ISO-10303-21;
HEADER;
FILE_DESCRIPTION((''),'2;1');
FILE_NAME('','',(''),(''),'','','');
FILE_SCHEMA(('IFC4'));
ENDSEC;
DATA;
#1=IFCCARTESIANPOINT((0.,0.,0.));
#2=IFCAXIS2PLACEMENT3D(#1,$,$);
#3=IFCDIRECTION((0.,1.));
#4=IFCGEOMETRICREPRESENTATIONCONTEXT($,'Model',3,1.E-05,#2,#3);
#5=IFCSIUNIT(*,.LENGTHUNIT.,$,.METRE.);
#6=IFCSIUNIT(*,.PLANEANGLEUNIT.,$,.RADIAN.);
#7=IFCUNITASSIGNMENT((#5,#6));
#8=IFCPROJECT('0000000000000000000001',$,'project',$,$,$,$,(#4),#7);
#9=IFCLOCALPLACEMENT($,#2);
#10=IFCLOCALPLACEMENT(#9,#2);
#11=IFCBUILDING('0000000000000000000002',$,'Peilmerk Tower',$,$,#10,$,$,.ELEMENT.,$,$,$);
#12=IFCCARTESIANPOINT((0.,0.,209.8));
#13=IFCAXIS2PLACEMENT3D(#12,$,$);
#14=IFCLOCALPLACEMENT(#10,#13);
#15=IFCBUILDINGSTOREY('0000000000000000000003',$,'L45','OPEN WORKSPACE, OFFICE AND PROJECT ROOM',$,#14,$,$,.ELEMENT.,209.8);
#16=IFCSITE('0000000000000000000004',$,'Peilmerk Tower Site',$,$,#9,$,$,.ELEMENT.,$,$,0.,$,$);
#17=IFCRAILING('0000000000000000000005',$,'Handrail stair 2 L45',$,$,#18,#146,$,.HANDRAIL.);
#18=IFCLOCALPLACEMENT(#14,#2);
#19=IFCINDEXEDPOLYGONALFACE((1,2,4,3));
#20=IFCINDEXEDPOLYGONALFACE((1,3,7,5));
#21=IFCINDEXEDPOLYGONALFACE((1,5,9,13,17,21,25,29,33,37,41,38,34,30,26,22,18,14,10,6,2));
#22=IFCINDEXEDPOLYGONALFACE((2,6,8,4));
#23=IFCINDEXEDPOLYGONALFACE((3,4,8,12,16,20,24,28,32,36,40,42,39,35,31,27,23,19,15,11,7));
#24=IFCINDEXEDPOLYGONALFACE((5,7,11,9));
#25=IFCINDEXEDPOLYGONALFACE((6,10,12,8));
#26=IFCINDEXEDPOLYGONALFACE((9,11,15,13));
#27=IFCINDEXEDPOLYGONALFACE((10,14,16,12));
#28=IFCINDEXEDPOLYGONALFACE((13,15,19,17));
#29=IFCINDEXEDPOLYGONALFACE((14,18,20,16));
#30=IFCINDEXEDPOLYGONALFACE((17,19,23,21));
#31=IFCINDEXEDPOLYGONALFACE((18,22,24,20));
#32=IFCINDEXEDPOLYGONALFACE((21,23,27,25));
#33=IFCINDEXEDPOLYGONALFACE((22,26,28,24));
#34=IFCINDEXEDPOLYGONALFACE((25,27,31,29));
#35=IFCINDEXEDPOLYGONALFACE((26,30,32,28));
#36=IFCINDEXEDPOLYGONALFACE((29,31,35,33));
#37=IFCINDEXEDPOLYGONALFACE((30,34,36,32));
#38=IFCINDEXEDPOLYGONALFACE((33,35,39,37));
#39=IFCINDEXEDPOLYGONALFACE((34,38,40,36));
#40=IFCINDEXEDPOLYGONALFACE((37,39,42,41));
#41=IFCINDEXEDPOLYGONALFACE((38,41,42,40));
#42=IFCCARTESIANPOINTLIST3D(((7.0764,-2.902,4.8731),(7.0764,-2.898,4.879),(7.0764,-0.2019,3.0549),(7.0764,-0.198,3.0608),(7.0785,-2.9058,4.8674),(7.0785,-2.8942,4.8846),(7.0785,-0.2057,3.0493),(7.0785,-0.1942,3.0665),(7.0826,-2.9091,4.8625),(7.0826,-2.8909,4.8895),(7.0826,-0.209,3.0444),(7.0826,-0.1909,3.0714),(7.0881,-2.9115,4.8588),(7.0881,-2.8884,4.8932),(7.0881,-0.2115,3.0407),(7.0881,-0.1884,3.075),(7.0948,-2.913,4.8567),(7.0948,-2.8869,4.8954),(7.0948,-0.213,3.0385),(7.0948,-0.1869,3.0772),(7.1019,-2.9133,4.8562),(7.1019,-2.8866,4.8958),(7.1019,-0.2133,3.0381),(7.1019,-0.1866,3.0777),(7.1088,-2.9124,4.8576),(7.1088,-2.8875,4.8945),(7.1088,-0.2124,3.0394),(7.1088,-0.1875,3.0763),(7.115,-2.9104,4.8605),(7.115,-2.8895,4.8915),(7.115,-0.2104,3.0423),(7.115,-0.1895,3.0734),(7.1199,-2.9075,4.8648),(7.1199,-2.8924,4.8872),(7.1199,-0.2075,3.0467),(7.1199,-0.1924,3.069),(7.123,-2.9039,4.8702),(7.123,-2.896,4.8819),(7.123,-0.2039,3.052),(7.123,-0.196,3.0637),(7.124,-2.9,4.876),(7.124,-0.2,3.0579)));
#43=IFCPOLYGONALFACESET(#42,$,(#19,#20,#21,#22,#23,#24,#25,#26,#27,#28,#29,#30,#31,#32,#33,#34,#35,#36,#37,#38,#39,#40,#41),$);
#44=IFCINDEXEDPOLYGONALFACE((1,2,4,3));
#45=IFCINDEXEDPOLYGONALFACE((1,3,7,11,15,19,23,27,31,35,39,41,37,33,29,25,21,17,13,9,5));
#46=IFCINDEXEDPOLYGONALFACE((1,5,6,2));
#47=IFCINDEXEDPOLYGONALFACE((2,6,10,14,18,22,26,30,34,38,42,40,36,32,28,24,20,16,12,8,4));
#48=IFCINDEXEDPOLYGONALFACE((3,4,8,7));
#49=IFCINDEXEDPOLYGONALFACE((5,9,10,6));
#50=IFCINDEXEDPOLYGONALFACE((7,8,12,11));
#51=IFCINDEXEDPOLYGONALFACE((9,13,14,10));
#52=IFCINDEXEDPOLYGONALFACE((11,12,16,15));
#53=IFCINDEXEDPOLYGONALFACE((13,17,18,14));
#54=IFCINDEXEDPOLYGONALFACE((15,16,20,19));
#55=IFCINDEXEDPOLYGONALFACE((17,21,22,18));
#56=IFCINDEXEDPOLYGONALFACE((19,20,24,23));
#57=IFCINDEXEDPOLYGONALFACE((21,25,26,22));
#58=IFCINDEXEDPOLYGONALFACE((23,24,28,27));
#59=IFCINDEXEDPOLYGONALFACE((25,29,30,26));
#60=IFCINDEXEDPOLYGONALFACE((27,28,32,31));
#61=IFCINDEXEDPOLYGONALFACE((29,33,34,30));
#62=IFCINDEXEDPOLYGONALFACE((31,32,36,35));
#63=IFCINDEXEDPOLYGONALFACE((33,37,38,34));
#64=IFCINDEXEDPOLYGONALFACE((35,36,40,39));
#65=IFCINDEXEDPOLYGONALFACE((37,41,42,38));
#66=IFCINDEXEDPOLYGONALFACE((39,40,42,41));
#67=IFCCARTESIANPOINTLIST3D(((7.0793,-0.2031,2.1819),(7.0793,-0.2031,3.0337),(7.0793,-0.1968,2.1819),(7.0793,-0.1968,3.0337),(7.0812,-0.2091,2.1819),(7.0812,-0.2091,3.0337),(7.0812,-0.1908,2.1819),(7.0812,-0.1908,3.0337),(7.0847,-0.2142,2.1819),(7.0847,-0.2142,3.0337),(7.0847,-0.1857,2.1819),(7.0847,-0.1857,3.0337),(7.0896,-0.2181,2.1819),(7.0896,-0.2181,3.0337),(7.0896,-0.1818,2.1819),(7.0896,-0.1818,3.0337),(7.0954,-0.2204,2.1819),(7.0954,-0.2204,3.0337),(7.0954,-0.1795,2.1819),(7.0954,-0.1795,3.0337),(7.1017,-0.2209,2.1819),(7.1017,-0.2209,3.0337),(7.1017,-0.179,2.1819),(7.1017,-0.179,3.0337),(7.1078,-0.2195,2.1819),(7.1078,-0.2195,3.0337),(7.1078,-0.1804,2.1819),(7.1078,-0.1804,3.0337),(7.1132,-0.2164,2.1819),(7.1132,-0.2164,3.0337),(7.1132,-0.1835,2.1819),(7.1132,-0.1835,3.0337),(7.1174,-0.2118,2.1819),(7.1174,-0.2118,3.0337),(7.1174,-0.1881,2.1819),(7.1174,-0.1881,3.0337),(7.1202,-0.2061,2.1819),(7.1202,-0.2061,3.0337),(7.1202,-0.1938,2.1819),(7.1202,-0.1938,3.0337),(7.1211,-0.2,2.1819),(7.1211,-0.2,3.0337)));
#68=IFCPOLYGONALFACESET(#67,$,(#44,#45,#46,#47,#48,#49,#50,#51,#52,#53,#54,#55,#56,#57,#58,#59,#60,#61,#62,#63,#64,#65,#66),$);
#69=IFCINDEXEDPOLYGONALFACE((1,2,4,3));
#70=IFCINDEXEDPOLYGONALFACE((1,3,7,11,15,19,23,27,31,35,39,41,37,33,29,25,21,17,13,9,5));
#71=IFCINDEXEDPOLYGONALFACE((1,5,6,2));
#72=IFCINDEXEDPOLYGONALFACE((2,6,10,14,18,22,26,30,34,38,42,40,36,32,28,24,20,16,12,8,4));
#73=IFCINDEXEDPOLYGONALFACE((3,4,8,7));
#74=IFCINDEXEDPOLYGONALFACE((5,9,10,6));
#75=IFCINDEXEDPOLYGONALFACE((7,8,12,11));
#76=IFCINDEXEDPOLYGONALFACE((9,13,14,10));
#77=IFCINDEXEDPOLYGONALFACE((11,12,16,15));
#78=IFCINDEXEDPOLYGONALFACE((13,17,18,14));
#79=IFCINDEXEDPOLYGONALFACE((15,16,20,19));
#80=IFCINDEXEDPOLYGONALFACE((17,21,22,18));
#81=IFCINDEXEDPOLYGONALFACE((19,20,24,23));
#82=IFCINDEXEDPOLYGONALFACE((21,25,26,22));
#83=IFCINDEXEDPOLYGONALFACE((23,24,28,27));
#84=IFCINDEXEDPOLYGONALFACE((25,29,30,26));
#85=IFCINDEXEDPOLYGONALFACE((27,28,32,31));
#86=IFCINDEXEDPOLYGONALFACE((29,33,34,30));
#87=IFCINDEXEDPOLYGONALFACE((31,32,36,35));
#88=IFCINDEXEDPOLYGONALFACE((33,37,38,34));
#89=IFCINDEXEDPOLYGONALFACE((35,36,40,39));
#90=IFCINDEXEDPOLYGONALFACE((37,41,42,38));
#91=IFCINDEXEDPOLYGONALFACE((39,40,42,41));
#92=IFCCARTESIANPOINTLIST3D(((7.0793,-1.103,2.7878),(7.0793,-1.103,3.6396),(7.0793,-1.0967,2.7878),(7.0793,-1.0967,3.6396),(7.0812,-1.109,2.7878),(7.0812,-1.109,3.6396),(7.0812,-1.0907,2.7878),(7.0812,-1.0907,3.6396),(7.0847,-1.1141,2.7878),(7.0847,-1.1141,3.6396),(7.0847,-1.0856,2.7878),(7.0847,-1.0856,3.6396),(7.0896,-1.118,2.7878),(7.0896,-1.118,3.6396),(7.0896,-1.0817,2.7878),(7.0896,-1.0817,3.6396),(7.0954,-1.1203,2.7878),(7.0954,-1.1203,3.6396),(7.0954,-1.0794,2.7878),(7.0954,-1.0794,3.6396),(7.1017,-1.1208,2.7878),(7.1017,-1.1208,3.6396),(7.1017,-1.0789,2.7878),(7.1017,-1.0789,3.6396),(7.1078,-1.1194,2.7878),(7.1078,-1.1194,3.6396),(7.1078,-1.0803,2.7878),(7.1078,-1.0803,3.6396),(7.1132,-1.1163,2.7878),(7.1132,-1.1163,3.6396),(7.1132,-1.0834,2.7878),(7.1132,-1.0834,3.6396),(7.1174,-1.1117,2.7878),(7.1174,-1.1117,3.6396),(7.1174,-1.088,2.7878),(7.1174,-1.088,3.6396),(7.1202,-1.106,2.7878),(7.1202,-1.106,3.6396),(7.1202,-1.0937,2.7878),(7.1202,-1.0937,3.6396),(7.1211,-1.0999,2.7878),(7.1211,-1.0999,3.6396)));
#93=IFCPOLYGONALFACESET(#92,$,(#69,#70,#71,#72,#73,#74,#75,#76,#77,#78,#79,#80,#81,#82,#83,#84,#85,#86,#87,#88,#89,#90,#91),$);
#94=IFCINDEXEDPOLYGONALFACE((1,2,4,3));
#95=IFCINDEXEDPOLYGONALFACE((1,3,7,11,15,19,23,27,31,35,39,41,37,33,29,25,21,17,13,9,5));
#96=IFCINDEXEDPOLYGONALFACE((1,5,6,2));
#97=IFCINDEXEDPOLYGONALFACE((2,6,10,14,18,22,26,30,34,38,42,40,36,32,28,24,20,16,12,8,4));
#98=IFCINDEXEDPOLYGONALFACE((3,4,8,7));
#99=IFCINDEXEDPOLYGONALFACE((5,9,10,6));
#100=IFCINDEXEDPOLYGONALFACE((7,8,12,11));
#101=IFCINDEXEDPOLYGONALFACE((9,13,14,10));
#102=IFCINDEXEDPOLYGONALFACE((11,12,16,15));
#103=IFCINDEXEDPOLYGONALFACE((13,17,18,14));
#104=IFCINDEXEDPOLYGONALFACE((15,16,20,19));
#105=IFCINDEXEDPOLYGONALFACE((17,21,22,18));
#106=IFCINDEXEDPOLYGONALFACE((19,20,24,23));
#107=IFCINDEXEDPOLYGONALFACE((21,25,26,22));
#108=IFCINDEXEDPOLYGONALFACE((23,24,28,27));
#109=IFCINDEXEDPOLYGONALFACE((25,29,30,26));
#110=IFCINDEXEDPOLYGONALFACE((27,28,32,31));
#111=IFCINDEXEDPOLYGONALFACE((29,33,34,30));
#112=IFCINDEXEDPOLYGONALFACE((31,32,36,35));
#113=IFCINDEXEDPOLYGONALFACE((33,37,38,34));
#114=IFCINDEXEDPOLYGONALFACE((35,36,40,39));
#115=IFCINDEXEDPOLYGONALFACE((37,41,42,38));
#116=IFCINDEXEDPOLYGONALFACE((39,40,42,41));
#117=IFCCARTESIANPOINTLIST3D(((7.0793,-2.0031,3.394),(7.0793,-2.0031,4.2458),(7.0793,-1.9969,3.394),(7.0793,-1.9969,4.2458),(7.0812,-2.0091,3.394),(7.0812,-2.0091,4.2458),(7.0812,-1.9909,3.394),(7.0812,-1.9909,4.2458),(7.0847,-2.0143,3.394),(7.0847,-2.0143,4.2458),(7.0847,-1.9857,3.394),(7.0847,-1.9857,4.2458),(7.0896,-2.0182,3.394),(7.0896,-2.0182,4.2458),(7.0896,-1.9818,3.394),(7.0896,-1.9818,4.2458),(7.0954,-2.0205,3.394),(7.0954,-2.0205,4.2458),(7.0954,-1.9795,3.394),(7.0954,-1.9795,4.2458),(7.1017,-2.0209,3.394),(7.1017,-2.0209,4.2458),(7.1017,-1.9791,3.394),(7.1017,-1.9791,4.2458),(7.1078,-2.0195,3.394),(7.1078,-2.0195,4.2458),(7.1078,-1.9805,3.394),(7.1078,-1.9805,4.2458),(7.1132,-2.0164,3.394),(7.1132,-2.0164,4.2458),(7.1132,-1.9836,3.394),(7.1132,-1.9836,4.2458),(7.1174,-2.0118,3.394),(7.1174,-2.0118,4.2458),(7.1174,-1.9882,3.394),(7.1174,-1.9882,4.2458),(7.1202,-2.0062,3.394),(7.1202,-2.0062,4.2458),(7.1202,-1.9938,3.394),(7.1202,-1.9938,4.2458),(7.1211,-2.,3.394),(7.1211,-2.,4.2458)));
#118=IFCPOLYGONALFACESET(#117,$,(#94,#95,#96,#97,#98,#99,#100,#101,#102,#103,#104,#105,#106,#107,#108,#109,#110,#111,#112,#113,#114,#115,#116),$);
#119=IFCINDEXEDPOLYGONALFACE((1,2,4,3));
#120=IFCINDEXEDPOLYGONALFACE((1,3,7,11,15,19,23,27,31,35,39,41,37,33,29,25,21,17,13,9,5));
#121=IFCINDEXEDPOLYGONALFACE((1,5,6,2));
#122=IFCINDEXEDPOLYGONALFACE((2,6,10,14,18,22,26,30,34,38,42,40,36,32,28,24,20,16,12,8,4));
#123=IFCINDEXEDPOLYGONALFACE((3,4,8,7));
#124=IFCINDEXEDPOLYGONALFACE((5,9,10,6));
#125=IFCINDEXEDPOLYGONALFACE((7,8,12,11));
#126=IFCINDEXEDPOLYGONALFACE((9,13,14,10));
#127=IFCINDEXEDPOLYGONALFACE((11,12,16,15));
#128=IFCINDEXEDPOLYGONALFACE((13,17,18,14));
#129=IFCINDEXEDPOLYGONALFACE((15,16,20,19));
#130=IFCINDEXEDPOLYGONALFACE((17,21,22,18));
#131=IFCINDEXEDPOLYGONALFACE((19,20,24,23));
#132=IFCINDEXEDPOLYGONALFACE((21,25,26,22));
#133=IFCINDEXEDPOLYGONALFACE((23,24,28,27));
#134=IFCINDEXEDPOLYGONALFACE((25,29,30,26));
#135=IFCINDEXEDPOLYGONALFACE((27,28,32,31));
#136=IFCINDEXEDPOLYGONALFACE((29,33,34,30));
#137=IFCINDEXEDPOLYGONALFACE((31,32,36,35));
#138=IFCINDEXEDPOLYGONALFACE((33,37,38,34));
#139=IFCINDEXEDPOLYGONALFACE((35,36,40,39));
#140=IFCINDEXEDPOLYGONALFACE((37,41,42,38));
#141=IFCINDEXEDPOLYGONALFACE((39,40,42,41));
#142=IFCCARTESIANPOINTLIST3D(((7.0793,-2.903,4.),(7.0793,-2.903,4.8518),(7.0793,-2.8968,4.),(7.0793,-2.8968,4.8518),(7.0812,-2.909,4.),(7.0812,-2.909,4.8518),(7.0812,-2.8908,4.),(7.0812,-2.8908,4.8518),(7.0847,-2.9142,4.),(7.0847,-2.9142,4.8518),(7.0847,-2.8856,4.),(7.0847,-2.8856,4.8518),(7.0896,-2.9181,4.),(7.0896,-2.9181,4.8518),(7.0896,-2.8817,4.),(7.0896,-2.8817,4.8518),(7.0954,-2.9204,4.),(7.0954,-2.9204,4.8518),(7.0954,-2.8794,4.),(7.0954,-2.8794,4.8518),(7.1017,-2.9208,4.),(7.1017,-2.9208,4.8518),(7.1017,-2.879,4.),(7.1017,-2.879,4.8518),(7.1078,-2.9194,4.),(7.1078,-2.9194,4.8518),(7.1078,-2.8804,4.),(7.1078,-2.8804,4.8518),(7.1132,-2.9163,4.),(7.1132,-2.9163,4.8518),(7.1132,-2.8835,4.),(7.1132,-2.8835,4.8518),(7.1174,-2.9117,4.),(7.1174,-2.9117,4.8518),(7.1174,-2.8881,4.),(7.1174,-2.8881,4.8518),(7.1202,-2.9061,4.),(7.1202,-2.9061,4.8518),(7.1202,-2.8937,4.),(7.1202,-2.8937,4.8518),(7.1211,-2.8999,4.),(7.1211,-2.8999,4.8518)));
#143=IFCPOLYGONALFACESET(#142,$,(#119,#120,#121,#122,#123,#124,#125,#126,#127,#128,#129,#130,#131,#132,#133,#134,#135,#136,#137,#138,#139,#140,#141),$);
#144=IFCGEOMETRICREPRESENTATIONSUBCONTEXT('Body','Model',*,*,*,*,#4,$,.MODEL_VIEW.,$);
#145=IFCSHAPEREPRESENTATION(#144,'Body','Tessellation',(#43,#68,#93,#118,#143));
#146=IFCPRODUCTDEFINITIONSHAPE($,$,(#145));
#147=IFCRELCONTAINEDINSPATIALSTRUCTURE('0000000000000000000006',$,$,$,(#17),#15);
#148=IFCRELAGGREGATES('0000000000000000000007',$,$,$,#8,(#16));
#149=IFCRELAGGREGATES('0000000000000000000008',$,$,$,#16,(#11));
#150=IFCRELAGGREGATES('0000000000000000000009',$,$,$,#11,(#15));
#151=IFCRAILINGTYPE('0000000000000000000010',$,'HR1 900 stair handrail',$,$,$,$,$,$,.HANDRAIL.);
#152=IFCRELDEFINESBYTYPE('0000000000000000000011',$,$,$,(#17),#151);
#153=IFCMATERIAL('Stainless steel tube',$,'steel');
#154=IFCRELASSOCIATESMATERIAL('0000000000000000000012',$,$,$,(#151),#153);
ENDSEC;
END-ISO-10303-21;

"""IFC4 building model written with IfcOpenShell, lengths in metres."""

from ifc_helpers import new_model, si_unit, direction, frame, origin, origin_2d, place, context, subcontext, project, spatial, circle, extrude, material, type_object, element, save


model = new_model("IFC4")

# Units and contexts
model_context = context("Model", 3, precision=1e-05, world=origin(), true_north=direction((0.0, 1.0)))
body_context = subcontext(model_context, "Body", "Model", "MODEL_VIEW")
ifc_project = project(units=[si_unit("LENGTHUNIT", "METRE"), si_unit("PLANEANGLEUNIT", "RADIAN")], contexts=[model_context])

# Site, building, storey
site_placement = place(None, origin())
site = spatial("IfcSite", under=ifc_project, at=site_placement, Name="Peilmerk Tower Site", CompositionType="ELEMENT", RefElevation=0.0)
building_placement = place(site_placement, origin())
building = spatial("IfcBuilding", under=site, at=building_placement, Name="Peilmerk Tower", CompositionType="ELEMENT")
storey_placement = place(building_placement, frame((0.0, 0.0, 209.8)))
storey = spatial("IfcBuildingStorey", under=building, at=storey_placement, Name="L45", Description="OPEN WORKSPACE, OFFICE AND PROJECT ROOM", CompositionType="ELEMENT", Elevation=209.8)

# Railing
ifc_material_1 = material(Name="Stainless steel tube", Category="steel")
railing_type_1 = type_object("IfcRailingType", Name="HR1 900 stair handrail", PredefinedType="HANDRAIL", material=ifc_material_1)
railing_1_placement = place(storey_placement, frame((7.1001, -0.2, 2.1819)))
element("IfcRailing", 1, at=railing_1_placement, inside=storey, type_object=railing_type_1, Name="Handrail stair 2 L45", PredefinedType="HANDRAIL", context=body_context, shape_type="SweptSolid", body=[
    extrude(circle(Radius=0.0239, at=origin_2d()), frame((0.0, 0.0, 0.876), z_axis=(0.0, -0.829468, 0.558554), x_axis=(1.0, 0.0, 0.0)), (0.0, 0.0, 1.0), 3.2551),
    extrude(circle(Radius=0.021, at=origin_2d()), origin(), (0.0, 0.0, 1.0), 0.8518),
    extrude(circle(Radius=0.021, at=origin_2d()), frame((0.0, -0.8999, 0.606)), (0.0, 0.0, 1.0), 0.8518),
    extrude(circle(Radius=0.021, at=origin_2d()), frame((0.0, -1.8, 1.2122)), (0.0, 0.0, 1.0), 0.8518),
    extrude(circle(Radius=0.021, at=origin_2d()), frame((0.0, -2.7, 1.8181)), (0.0, 0.0, 1.0), 0.8518),
])

save(model, "model.ifc")
